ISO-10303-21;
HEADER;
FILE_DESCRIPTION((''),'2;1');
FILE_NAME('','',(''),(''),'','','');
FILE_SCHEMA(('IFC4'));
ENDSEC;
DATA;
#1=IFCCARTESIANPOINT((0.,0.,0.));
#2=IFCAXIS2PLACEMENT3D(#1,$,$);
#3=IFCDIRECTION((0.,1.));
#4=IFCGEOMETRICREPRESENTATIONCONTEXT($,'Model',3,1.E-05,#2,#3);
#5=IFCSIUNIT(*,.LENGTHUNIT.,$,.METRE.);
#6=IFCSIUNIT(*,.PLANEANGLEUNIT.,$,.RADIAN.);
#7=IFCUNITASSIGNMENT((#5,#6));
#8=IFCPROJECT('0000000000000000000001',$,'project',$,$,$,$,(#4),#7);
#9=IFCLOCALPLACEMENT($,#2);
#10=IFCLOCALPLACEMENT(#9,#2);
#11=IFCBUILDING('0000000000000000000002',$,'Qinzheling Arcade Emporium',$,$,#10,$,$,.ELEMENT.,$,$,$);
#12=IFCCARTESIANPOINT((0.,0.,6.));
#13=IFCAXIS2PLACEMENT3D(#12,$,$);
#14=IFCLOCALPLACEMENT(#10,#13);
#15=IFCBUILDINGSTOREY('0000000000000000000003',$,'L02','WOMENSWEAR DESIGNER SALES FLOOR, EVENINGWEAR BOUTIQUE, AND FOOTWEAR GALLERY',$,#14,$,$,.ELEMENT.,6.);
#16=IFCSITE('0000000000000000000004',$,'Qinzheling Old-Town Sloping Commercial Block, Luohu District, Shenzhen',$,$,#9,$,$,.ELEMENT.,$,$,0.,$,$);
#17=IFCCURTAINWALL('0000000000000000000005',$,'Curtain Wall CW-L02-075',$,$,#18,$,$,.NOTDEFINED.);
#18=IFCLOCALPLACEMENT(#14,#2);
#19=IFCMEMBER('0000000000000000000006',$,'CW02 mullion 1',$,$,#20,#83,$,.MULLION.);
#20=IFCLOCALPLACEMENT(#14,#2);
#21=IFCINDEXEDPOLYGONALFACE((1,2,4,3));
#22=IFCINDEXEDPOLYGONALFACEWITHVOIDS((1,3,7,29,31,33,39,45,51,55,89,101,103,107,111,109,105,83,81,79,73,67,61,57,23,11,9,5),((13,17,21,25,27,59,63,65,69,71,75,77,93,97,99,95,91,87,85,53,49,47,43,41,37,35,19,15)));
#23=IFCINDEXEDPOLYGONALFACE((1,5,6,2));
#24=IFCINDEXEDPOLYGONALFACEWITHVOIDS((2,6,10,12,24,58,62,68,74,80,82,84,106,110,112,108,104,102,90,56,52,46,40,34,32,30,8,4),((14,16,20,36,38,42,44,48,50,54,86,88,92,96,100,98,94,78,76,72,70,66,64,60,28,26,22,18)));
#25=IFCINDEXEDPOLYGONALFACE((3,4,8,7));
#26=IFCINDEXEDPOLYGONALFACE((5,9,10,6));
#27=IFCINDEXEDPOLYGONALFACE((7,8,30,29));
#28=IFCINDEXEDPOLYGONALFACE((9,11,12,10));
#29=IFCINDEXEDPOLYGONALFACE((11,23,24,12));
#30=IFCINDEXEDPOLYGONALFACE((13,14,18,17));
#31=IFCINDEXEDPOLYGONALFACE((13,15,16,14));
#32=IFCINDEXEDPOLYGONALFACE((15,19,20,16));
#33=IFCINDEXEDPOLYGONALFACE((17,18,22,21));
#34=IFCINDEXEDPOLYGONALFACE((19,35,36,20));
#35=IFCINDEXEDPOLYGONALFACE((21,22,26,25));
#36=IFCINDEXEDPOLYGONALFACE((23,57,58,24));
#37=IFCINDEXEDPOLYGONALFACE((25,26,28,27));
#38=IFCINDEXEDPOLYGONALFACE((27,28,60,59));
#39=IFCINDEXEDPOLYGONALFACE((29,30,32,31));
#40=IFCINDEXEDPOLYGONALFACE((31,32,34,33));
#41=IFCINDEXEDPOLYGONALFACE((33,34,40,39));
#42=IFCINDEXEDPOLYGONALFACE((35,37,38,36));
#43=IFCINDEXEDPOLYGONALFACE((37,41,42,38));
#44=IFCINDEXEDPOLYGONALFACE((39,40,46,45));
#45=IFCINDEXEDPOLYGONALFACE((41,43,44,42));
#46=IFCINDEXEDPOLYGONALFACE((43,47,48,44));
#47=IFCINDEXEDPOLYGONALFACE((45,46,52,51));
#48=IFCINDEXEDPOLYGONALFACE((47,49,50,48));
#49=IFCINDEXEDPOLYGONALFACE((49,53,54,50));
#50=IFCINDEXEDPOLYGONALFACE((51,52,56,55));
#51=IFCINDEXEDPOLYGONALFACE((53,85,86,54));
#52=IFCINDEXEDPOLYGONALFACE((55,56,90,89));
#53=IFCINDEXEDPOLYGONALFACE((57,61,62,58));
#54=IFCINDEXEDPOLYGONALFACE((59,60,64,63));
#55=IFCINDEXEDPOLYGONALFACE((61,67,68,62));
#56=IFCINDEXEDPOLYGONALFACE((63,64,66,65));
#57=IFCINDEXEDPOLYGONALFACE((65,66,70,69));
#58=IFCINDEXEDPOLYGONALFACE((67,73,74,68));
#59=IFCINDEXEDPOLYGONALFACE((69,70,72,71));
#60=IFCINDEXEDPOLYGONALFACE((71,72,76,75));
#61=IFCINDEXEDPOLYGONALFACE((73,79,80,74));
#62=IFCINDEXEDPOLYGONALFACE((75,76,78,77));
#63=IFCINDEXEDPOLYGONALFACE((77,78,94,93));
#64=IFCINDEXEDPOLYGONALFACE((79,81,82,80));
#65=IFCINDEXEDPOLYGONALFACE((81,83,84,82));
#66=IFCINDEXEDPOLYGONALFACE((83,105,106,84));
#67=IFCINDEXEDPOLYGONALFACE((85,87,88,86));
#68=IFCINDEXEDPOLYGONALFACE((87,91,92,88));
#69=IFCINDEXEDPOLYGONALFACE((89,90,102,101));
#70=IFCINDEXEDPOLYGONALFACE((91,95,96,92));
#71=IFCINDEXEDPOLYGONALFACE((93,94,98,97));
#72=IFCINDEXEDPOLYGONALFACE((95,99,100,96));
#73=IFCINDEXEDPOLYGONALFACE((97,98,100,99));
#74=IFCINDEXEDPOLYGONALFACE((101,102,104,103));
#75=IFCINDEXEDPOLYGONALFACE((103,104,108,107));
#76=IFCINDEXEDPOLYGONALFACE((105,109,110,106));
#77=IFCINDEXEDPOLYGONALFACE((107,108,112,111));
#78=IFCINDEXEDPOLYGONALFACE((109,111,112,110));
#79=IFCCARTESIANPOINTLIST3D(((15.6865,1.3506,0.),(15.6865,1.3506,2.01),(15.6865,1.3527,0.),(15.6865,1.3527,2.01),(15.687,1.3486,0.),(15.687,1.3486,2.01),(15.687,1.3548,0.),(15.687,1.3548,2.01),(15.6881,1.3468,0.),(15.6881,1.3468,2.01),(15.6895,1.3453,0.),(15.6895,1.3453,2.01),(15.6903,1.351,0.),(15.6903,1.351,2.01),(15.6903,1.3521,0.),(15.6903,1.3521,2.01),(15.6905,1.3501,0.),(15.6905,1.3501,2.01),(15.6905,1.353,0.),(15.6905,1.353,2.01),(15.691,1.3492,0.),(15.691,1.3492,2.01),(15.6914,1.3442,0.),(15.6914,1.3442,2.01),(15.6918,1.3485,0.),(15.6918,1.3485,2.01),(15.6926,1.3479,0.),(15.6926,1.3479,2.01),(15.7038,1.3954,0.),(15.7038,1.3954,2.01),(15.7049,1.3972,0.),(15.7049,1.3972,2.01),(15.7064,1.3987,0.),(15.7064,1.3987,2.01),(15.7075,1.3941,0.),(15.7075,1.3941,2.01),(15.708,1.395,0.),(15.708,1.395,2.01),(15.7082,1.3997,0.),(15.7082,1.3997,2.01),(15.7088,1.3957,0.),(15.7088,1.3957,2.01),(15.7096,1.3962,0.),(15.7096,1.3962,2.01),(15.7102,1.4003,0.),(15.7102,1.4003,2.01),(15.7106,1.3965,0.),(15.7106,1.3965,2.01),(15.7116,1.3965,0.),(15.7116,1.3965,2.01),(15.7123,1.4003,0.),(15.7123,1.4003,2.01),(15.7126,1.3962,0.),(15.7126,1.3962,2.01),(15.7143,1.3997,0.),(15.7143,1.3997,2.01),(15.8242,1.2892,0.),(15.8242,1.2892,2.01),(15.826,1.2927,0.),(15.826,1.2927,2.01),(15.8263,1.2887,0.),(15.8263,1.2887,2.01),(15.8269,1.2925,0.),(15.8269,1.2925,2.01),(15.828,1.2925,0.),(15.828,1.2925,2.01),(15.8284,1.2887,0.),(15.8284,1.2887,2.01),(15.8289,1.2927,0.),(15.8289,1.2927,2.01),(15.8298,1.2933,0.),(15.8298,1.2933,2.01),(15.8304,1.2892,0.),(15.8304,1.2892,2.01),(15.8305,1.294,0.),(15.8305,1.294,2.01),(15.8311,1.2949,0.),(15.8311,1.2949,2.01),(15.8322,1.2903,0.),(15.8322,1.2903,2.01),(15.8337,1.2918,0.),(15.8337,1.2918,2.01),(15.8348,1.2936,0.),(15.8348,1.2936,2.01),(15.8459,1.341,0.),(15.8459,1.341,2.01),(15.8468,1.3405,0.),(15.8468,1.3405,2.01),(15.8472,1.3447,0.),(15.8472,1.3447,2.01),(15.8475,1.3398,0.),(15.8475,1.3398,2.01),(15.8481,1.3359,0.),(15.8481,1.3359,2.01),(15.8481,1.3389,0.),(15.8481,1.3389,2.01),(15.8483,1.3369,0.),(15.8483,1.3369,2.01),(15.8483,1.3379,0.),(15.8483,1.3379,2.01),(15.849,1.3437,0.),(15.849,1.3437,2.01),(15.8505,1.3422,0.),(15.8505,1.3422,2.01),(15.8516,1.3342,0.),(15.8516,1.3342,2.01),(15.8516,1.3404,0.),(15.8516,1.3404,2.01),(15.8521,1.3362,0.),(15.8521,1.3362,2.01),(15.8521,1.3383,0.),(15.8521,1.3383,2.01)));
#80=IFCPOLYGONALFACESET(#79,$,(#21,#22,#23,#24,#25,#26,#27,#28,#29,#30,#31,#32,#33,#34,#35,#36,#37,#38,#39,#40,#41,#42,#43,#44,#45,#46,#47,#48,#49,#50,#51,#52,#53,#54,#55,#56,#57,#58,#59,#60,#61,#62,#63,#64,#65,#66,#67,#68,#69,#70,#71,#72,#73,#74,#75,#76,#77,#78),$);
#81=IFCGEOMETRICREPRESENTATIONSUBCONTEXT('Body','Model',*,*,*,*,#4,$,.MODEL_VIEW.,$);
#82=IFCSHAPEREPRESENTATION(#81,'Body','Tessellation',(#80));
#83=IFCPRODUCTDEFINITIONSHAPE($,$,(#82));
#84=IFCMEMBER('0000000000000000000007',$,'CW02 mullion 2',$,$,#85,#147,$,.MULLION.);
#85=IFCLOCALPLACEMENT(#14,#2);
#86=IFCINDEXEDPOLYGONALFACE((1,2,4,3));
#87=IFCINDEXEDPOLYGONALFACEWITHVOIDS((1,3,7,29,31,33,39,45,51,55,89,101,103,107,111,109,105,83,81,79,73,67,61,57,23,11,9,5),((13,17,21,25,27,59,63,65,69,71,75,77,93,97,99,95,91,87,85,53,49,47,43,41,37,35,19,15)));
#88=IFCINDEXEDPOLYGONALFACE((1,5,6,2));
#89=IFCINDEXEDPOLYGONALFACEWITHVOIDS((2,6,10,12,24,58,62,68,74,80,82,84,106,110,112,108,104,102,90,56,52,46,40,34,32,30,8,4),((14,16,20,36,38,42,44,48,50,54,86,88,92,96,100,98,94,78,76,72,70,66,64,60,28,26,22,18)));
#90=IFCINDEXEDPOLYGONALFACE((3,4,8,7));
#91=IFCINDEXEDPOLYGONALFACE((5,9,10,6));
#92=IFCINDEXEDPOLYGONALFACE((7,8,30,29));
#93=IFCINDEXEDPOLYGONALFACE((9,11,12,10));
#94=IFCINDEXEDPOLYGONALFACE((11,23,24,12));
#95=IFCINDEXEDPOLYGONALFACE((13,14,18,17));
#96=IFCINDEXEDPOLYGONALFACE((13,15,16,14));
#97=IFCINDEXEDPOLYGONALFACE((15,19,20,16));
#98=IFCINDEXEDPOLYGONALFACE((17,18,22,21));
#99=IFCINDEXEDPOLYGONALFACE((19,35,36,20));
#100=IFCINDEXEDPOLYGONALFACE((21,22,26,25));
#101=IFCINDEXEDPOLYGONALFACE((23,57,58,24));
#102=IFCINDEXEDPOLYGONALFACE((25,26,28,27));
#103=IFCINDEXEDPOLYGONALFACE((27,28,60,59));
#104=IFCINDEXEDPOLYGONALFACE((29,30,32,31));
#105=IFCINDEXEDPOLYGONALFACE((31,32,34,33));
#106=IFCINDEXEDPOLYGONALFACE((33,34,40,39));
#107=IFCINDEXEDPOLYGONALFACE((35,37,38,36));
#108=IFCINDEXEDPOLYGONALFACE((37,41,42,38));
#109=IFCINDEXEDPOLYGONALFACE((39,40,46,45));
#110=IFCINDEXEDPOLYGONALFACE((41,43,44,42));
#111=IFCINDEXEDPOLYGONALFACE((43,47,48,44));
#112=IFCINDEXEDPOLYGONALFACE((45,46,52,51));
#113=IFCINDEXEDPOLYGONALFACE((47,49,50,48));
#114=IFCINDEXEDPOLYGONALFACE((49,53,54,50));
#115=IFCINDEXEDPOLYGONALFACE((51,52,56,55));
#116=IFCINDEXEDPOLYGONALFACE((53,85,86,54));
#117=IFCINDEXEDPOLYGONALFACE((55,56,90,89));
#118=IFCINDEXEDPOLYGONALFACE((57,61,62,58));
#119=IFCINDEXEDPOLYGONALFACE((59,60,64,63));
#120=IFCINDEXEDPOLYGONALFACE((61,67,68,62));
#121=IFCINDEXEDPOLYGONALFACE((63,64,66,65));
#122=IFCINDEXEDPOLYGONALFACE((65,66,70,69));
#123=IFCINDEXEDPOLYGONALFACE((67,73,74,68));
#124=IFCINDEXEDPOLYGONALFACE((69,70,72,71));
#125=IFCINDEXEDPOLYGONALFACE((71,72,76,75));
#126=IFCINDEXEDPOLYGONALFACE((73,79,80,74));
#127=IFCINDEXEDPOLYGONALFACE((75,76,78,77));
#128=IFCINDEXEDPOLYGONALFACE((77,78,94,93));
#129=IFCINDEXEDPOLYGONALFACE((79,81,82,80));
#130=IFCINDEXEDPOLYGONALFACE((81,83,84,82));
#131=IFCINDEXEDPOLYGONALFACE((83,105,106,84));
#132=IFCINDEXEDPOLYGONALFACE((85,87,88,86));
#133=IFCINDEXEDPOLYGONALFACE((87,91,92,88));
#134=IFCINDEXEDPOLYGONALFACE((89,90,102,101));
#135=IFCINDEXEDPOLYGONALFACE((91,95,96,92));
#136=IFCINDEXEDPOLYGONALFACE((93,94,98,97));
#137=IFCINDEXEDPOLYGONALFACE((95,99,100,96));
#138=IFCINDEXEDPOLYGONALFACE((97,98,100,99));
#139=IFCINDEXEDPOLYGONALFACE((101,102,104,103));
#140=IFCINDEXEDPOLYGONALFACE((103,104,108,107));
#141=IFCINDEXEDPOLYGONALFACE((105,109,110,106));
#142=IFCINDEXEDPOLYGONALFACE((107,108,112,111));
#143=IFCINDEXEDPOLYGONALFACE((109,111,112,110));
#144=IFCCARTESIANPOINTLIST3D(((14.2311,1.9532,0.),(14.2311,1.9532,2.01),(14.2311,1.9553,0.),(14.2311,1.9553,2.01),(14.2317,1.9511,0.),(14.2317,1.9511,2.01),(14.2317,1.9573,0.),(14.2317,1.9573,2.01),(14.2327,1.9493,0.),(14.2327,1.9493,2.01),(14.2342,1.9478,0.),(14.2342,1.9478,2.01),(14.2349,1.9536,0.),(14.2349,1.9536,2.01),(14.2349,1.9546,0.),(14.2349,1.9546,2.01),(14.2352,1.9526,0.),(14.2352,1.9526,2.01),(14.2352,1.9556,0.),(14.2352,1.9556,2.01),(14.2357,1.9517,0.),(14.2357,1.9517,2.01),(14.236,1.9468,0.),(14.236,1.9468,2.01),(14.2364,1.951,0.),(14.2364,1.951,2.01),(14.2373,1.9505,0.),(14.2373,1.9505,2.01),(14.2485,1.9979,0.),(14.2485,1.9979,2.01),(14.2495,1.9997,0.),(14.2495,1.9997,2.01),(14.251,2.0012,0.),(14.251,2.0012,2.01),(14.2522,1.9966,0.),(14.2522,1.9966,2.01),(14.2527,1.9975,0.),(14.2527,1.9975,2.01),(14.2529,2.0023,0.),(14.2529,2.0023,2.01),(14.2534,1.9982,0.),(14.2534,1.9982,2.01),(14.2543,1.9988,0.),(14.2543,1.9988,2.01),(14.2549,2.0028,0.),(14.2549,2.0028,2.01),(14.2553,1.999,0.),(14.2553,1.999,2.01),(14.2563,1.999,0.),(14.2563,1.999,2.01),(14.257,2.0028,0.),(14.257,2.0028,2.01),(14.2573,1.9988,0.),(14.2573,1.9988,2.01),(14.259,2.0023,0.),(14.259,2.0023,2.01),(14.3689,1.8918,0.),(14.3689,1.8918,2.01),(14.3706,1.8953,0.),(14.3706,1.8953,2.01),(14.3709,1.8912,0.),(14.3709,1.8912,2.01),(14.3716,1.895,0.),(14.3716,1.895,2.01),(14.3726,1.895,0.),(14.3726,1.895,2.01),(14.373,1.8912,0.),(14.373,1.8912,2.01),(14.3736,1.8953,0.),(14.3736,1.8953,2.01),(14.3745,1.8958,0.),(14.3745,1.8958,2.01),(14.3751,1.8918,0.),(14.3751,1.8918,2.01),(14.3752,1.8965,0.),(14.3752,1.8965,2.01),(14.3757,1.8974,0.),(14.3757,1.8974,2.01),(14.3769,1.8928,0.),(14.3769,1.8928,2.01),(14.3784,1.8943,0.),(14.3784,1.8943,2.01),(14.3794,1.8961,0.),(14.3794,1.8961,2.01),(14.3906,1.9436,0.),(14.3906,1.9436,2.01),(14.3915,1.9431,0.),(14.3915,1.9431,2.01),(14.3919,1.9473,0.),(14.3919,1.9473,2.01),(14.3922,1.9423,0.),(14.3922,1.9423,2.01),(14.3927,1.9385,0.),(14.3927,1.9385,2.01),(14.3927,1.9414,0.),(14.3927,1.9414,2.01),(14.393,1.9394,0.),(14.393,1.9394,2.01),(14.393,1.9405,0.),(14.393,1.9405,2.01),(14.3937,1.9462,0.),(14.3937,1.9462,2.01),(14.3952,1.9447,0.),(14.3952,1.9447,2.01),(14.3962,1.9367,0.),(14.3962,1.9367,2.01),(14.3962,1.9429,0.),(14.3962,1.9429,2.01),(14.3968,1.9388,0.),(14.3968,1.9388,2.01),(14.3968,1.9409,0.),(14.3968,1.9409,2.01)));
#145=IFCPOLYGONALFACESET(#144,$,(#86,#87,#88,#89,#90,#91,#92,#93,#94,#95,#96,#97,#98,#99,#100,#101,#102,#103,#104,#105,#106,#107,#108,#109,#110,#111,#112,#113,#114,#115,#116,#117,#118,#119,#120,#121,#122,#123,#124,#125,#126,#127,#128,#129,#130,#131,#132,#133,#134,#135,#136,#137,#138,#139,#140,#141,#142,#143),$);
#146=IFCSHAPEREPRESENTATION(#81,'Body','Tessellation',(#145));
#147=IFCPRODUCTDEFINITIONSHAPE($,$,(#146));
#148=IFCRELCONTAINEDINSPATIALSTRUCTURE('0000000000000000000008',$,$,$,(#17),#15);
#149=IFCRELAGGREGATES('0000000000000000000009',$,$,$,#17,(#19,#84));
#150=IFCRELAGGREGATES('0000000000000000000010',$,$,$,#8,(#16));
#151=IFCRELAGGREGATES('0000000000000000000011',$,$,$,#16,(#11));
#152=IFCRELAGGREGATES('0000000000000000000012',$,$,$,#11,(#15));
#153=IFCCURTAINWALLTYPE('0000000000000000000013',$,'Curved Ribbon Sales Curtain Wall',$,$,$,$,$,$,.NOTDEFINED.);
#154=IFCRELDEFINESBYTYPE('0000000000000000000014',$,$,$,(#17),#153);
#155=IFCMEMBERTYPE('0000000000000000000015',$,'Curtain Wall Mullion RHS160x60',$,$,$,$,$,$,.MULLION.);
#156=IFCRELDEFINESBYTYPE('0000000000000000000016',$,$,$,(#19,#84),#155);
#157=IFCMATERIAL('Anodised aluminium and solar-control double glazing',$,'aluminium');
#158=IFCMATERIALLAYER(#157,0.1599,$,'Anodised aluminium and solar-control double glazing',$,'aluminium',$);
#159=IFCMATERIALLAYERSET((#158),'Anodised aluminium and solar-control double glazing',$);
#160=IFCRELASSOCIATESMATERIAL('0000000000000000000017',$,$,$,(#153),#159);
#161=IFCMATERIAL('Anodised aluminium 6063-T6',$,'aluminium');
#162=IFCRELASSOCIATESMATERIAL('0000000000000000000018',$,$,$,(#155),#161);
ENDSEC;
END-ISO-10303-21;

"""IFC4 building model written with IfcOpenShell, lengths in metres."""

from ifc_helpers import new_model, si_unit, direction, frame, origin, origin_2d, place, context, subcontext, project, spatial, hollow_rectangle, extrude, material, layer, layer_set, material_profile, profile_set, type_object, element, aggregate, save


model = new_model("IFC4")

# Units and contexts
model_context = context("Model", 3, precision=1e-05, world=origin(), true_north=direction((0.0, 1.0)))
body_context = subcontext(model_context, "Body", "Model", "MODEL_VIEW")
ifc_project = project(units=[si_unit("LENGTHUNIT", "METRE"), si_unit("PLANEANGLEUNIT", "RADIAN")], contexts=[model_context])

# Site, building, storey
site_placement = place(None, origin())
site = spatial("IfcSite", under=ifc_project, at=site_placement, Name="Qinzheling Old-Town Sloping Commercial Block, Luohu District, Shenzhen", CompositionType="ELEMENT", RefElevation=0.0)
building_placement = place(site_placement, origin())
building = spatial("IfcBuilding", under=site, at=building_placement, Name="Qinzheling Arcade Emporium", CompositionType="ELEMENT")
storey_placement = place(building_placement, frame((0.0, 0.0, 6.0)))
storey = spatial("IfcBuildingStorey", under=building, at=storey_placement, Name="L02", Description="WOMENSWEAR DESIGNER SALES FLOOR, EVENINGWEAR BOUTIQUE, AND FOOTWEAR GALLERY", CompositionType="ELEMENT", Elevation=6.0)

# Curtain wall, members
ifc_material_1 = material(Name="Anodised aluminium and solar-control double glazing", Category="aluminium")
ifc_layer_1 = layer(ifc_material_1, 0.1599, Name="Anodised aluminium and solar-control double glazing", Category="aluminium")
ifc_layer_set_1 = layer_set([ifc_layer_1], Name="Anodised aluminium and solar-control double glazing")
curtain_wall_type = type_object("IfcCurtainWallType", Name="Curved Ribbon Sales Curtain Wall", PredefinedType="NOTDEFINED", material=ifc_layer_set_1)
curtain_wall_1_placement = place(storey_placement, origin())
curtain_wall_1 = element("IfcCurtainWall", 1, at=curtain_wall_1_placement, inside=storey, type_object=curtain_wall_type, Name="Curtain Wall CW-L02-075", PredefinedType="NOTDEFINED")
ifc_material_2 = material(Name="Anodised aluminium 6063-T6", Category="aluminium")
ifc_material_profile_1 = material_profile(ifc_material_2, hollow_rectangle(XDim=0.0601, YDim=0.1599, WallThickness=0.0039, InnerFilletRadius=0.0039, OuterFilletRadius=0.0081, at=origin_2d()), Name="RHS 160x60x4", Category="aluminium")
ifc_profile_set_1 = profile_set([ifc_material_profile_1], Name="Anodised aluminium 6063-T6")
member_type_1 = type_object("IfcMemberType", Name="Curtain Wall Mullion RHS160x60", PredefinedType="MULLION", material=ifc_profile_set_1)
member_1_placement = place(storey_placement, frame((15.7693, 1.3445, 0.0), z_axis=(0.0, 0.0, 1.0), x_axis=(-0.382535, -0.923941, 0.0)))
member_1 = element("IfcMember", 2, at=member_1_placement, type_object=member_type_1, Name="CW02 mullion 1", PredefinedType="MULLION", context=body_context, shape_type="SweptSolid", body=[
    extrude(hollow_rectangle(XDim=0.0601, YDim=0.1599, WallThickness=0.0039, InnerFilletRadius=0.0039, OuterFilletRadius=0.0081, at=origin_2d()), origin(), (0.0, 0.0, 1.0), 2.01),
])
member_2_placement = place(storey_placement, frame((14.314, 1.947, 0.0), z_axis=(0.0, 0.0, 1.0), x_axis=(-0.382535, -0.923941, 0.0)))
member_2 = element("IfcMember", 3, at=member_2_placement, type_object=member_type_1, Name="CW02 mullion 2", PredefinedType="MULLION", context=body_context, shape_type="SweptSolid", body=[
    extrude(hollow_rectangle(XDim=0.0601, YDim=0.1599, WallThickness=0.0039, InnerFilletRadius=0.0039, OuterFilletRadius=0.0081, at=origin_2d()), origin(), (0.0, 0.0, 1.0), 2.01),
])

aggregate(curtain_wall_1, [member_1, member_2])

save(model, "model.ifc")
